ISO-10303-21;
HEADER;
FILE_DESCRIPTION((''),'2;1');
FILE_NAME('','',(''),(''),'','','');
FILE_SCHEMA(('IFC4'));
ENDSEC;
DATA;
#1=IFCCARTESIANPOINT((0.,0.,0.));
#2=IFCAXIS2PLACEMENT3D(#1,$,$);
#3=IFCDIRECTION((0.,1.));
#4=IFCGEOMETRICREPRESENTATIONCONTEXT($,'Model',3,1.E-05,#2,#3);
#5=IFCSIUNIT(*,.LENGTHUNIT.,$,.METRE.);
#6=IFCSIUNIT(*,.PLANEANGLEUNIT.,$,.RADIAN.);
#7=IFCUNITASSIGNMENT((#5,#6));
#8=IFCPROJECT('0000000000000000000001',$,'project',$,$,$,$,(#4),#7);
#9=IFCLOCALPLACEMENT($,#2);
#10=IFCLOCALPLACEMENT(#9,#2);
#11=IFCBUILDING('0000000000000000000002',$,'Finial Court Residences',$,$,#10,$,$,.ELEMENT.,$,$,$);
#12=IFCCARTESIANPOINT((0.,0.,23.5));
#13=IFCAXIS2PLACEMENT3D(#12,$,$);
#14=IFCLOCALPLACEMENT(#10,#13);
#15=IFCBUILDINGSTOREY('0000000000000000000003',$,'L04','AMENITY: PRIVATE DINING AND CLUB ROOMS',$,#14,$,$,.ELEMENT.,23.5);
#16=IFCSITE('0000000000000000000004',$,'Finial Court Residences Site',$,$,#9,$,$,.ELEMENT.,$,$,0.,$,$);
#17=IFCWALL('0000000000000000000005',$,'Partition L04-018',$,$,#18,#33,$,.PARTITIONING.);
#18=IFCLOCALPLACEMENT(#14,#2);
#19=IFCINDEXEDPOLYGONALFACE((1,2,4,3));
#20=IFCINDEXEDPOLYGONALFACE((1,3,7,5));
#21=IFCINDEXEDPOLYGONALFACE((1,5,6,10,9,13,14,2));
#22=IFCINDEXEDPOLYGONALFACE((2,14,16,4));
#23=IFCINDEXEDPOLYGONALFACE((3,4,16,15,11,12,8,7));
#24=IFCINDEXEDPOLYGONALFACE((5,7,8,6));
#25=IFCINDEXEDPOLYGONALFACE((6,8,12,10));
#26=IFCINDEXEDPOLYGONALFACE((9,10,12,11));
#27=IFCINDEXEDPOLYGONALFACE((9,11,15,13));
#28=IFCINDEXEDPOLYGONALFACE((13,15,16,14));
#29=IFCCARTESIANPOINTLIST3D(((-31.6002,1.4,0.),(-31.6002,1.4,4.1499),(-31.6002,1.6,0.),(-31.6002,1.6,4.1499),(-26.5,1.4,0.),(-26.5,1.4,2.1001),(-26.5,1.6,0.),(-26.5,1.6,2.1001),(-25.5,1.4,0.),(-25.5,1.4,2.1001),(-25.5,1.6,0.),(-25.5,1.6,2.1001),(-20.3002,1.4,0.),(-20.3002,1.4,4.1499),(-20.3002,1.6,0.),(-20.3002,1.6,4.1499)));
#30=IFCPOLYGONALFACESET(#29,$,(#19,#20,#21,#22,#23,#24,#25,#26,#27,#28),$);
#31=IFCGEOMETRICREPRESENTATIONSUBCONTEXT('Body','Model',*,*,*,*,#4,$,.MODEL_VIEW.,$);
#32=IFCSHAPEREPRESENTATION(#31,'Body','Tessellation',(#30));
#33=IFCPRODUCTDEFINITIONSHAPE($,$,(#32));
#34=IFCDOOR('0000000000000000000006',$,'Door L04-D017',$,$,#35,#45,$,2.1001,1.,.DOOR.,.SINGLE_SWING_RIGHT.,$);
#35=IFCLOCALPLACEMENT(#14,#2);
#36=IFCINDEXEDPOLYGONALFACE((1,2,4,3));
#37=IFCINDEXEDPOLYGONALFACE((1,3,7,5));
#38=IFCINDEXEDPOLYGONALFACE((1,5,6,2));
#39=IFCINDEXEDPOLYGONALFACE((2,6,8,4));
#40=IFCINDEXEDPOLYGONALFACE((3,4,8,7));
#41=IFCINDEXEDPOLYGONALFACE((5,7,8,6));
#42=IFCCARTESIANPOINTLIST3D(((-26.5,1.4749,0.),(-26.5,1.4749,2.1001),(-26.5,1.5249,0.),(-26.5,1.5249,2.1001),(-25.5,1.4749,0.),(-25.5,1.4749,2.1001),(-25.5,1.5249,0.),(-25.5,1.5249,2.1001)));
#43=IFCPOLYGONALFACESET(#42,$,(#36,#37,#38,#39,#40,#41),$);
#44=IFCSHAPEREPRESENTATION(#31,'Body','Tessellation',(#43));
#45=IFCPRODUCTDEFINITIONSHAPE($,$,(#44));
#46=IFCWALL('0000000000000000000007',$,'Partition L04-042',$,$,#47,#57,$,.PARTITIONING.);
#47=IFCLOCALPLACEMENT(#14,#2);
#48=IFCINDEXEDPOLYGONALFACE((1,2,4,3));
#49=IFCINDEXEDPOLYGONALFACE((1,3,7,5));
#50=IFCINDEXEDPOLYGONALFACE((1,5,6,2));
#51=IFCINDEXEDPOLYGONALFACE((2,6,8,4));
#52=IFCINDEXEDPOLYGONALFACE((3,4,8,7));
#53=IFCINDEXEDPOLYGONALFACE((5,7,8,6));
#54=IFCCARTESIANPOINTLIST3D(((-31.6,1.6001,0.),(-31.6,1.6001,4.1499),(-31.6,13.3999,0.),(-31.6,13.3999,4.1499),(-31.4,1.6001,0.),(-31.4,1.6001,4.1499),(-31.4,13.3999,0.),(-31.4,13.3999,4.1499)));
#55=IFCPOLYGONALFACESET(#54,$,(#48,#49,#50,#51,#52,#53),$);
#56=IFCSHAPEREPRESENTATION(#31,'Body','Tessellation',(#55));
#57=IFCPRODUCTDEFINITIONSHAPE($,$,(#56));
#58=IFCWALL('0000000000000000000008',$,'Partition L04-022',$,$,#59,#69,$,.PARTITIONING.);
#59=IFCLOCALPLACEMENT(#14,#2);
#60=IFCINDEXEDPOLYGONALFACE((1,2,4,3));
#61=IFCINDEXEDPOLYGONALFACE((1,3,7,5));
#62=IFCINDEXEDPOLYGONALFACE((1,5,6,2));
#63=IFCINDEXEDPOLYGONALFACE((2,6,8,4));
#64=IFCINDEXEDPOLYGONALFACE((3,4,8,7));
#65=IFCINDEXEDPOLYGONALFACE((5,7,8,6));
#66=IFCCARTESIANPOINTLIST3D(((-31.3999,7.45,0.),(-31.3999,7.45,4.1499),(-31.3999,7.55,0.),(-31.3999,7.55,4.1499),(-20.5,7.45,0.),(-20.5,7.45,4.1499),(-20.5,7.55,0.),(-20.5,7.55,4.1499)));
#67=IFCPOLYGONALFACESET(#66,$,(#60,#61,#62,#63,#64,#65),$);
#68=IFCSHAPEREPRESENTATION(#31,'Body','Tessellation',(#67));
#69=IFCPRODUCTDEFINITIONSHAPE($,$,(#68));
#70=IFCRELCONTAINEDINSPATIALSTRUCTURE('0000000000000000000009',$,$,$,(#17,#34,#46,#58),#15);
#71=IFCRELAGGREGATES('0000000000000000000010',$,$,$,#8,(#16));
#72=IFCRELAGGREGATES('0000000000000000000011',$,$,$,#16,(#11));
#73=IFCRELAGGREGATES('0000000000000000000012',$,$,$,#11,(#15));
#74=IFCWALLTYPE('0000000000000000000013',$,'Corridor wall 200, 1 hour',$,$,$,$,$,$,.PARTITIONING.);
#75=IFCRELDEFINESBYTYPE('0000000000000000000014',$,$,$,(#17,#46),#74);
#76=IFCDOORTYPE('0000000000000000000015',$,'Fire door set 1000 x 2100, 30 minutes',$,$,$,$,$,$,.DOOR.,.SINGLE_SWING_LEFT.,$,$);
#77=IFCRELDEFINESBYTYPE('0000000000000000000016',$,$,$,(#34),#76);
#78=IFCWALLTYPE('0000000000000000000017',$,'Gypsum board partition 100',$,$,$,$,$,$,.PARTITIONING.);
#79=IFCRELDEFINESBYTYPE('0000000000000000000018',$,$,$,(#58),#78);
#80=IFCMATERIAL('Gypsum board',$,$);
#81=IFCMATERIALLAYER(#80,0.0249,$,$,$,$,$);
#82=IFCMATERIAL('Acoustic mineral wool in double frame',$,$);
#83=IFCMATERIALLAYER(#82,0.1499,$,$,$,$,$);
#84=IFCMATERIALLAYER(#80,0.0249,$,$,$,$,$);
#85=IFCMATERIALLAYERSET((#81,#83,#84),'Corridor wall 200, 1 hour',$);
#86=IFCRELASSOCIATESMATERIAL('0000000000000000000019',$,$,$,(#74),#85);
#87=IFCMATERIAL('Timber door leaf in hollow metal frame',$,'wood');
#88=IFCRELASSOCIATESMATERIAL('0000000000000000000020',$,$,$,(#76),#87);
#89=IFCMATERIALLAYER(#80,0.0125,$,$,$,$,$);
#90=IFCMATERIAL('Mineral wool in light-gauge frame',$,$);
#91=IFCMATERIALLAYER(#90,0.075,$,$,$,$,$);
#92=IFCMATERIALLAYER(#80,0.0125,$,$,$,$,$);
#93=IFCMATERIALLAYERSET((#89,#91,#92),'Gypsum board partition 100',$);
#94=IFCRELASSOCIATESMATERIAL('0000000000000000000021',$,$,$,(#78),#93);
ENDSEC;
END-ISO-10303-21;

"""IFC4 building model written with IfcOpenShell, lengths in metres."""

from ifc_helpers import new_model, si_unit, direction, frame, frame_2d, origin, place, context, subcontext, project, spatial, rectangle, extrude, material, layer, layer_set, type_object, element, fill, save


model = new_model("IFC4")

# Units and contexts
model_context = context("Model", 3, precision=1e-05, world=origin(), true_north=direction((0.0, 1.0)))
body_context = subcontext(model_context, "Body", "Model", "MODEL_VIEW")
ifc_project = project(units=[si_unit("LENGTHUNIT", "METRE"), si_unit("PLANEANGLEUNIT", "RADIAN")], contexts=[model_context])

# Site, building, storey
site_placement = place(None, origin())
site = spatial("IfcSite", under=ifc_project, at=site_placement, Name="Finial Court Residences Site", CompositionType="ELEMENT", RefElevation=0.0)
building_placement = place(site_placement, origin())
building = spatial("IfcBuilding", under=site, at=building_placement, Name="Finial Court Residences", CompositionType="ELEMENT")
storey_placement = place(building_placement, frame((0.0, 0.0, 23.5)))
storey = spatial("IfcBuildingStorey", under=building, at=storey_placement, Name="L04", Description="AMENITY: PRIVATE DINING AND CLUB ROOMS", CompositionType="ELEMENT", Elevation=23.5)

# Wall, opening, door
ifc_material_1 = material(Name="Gypsum board")
ifc_layer_1 = layer(ifc_material_1, 0.0249)
ifc_material_2 = material(Name="Acoustic mineral wool in double frame")
ifc_layer_2 = layer(ifc_material_2, 0.1499)
ifc_layer_3 = layer(ifc_material_1, 0.0249)
ifc_layer_set_1 = layer_set([ifc_layer_1, ifc_layer_2, ifc_layer_3], Name="Corridor wall 200, 1 hour")
wall_type_1 = type_object("IfcWallType", Name="Corridor wall 200, 1 hour", PredefinedType="PARTITIONING", material=ifc_layer_set_1)
wall_1_placement = place(storey_placement, frame((-31.6001, 1.5, 0.0), z_axis=(0.0, 0.0, 1.0), x_axis=(1.0, 0.0, 0.0)))
wall_1 = element("IfcWall", 1, at=wall_1_placement, inside=storey, type_object=wall_type_1, Name="Partition L04-018", PredefinedType="PARTITIONING", context=body_context, shape_type="SweptSolid", body=[
    extrude(rectangle(XDim=11.3, YDim=0.2, at=frame_2d((5.6499, 0.0))), origin(), (0.0, 0.0, 1.0), 4.1499),
])
opening_placement = place(wall_1_placement, frame((5.1001, 0.0, 0.0)))
opening = element("IfcOpeningElement", 2, at=opening_placement, cuts=wall_1, PredefinedType="OPENING", context=body_context, shape_type="SweptSolid", body=[
    extrude(rectangle(XDim=1.0, YDim=2.1001, at=frame_2d((0.5, 1.05))), frame((0.0, 0.1099, 0.0), z_axis=(0.0, -1.0, 0.0), x_axis=(1.0, 0.0, 0.0)), (0.0, 0.0, 1.0), 0.22),
])
ifc_material_3 = material(Name="Timber door leaf in hollow metal frame", Category="wood")
door_type = type_object("IfcDoorType", Name="Fire door set 1000 x 2100, 30 minutes", OperationType="SINGLE_SWING_LEFT", PredefinedType="DOOR", material=ifc_material_3)
door_placement = place(opening_placement, origin())
door = element("IfcDoor", 3, at=door_placement, inside=storey, type_object=door_type, Name="Door L04-D017", OperationType="SINGLE_SWING_RIGHT", OverallHeight=2.1001, OverallWidth=1.0, PredefinedType="DOOR", context=body_context, shape_type="SweptSolid", body=[
    extrude(rectangle(XDim=1.0, YDim=2.1001, at=frame_2d((0.5, 1.05))), frame((0.0, 0.0249, 0.0), z_axis=(0.0, -1.0, 0.0), x_axis=(1.0, 0.0, 0.0)), (0.0, 0.0, 1.0), 0.05),
])
fill(opening, door)

# Walls
wall_2_placement = place(storey_placement, frame((-31.5, 1.6001, 0.0), z_axis=(0.0, 0.0, 1.0), x_axis=(0.0, 1.0, 0.0)))
element("IfcWall", 4, at=wall_2_placement, inside=storey, type_object=wall_type_1, Name="Partition L04-042", PredefinedType="PARTITIONING", context=body_context, shape_type="SweptSolid", body=[
    extrude(rectangle(XDim=11.7998, YDim=0.2, at=frame_2d((5.8999, 0.0))), origin(), (0.0, 0.0, 1.0), 4.1499),
])
ifc_layer_4 = layer(ifc_material_1, 0.0125)
ifc_material_4 = material(Name="Mineral wool in light-gauge frame")
ifc_layer_5 = layer(ifc_material_4, 0.075)
ifc_layer_6 = layer(ifc_material_1, 0.0125)
ifc_layer_set_2 = layer_set([ifc_layer_4, ifc_layer_5, ifc_layer_6], Name="Gypsum board partition 100")
wall_type_2 = type_object("IfcWallType", Name="Gypsum board partition 100", PredefinedType="PARTITIONING", material=ifc_layer_set_2)
wall_3_placement = place(storey_placement, frame((-31.3999, 7.5, 0.0), z_axis=(0.0, 0.0, 1.0), x_axis=(1.0, 0.0, 0.0)))
element("IfcWall", 5, at=wall_3_placement, inside=storey, type_object=wall_type_2, Name="Partition L04-022", PredefinedType="PARTITIONING", context=body_context, shape_type="SweptSolid", body=[
    extrude(rectangle(XDim=10.8999, YDim=0.1001, at=frame_2d((5.45, 0.0))), origin(), (0.0, 0.0, 1.0), 4.1499),
])

save(model, "model.ifc")
